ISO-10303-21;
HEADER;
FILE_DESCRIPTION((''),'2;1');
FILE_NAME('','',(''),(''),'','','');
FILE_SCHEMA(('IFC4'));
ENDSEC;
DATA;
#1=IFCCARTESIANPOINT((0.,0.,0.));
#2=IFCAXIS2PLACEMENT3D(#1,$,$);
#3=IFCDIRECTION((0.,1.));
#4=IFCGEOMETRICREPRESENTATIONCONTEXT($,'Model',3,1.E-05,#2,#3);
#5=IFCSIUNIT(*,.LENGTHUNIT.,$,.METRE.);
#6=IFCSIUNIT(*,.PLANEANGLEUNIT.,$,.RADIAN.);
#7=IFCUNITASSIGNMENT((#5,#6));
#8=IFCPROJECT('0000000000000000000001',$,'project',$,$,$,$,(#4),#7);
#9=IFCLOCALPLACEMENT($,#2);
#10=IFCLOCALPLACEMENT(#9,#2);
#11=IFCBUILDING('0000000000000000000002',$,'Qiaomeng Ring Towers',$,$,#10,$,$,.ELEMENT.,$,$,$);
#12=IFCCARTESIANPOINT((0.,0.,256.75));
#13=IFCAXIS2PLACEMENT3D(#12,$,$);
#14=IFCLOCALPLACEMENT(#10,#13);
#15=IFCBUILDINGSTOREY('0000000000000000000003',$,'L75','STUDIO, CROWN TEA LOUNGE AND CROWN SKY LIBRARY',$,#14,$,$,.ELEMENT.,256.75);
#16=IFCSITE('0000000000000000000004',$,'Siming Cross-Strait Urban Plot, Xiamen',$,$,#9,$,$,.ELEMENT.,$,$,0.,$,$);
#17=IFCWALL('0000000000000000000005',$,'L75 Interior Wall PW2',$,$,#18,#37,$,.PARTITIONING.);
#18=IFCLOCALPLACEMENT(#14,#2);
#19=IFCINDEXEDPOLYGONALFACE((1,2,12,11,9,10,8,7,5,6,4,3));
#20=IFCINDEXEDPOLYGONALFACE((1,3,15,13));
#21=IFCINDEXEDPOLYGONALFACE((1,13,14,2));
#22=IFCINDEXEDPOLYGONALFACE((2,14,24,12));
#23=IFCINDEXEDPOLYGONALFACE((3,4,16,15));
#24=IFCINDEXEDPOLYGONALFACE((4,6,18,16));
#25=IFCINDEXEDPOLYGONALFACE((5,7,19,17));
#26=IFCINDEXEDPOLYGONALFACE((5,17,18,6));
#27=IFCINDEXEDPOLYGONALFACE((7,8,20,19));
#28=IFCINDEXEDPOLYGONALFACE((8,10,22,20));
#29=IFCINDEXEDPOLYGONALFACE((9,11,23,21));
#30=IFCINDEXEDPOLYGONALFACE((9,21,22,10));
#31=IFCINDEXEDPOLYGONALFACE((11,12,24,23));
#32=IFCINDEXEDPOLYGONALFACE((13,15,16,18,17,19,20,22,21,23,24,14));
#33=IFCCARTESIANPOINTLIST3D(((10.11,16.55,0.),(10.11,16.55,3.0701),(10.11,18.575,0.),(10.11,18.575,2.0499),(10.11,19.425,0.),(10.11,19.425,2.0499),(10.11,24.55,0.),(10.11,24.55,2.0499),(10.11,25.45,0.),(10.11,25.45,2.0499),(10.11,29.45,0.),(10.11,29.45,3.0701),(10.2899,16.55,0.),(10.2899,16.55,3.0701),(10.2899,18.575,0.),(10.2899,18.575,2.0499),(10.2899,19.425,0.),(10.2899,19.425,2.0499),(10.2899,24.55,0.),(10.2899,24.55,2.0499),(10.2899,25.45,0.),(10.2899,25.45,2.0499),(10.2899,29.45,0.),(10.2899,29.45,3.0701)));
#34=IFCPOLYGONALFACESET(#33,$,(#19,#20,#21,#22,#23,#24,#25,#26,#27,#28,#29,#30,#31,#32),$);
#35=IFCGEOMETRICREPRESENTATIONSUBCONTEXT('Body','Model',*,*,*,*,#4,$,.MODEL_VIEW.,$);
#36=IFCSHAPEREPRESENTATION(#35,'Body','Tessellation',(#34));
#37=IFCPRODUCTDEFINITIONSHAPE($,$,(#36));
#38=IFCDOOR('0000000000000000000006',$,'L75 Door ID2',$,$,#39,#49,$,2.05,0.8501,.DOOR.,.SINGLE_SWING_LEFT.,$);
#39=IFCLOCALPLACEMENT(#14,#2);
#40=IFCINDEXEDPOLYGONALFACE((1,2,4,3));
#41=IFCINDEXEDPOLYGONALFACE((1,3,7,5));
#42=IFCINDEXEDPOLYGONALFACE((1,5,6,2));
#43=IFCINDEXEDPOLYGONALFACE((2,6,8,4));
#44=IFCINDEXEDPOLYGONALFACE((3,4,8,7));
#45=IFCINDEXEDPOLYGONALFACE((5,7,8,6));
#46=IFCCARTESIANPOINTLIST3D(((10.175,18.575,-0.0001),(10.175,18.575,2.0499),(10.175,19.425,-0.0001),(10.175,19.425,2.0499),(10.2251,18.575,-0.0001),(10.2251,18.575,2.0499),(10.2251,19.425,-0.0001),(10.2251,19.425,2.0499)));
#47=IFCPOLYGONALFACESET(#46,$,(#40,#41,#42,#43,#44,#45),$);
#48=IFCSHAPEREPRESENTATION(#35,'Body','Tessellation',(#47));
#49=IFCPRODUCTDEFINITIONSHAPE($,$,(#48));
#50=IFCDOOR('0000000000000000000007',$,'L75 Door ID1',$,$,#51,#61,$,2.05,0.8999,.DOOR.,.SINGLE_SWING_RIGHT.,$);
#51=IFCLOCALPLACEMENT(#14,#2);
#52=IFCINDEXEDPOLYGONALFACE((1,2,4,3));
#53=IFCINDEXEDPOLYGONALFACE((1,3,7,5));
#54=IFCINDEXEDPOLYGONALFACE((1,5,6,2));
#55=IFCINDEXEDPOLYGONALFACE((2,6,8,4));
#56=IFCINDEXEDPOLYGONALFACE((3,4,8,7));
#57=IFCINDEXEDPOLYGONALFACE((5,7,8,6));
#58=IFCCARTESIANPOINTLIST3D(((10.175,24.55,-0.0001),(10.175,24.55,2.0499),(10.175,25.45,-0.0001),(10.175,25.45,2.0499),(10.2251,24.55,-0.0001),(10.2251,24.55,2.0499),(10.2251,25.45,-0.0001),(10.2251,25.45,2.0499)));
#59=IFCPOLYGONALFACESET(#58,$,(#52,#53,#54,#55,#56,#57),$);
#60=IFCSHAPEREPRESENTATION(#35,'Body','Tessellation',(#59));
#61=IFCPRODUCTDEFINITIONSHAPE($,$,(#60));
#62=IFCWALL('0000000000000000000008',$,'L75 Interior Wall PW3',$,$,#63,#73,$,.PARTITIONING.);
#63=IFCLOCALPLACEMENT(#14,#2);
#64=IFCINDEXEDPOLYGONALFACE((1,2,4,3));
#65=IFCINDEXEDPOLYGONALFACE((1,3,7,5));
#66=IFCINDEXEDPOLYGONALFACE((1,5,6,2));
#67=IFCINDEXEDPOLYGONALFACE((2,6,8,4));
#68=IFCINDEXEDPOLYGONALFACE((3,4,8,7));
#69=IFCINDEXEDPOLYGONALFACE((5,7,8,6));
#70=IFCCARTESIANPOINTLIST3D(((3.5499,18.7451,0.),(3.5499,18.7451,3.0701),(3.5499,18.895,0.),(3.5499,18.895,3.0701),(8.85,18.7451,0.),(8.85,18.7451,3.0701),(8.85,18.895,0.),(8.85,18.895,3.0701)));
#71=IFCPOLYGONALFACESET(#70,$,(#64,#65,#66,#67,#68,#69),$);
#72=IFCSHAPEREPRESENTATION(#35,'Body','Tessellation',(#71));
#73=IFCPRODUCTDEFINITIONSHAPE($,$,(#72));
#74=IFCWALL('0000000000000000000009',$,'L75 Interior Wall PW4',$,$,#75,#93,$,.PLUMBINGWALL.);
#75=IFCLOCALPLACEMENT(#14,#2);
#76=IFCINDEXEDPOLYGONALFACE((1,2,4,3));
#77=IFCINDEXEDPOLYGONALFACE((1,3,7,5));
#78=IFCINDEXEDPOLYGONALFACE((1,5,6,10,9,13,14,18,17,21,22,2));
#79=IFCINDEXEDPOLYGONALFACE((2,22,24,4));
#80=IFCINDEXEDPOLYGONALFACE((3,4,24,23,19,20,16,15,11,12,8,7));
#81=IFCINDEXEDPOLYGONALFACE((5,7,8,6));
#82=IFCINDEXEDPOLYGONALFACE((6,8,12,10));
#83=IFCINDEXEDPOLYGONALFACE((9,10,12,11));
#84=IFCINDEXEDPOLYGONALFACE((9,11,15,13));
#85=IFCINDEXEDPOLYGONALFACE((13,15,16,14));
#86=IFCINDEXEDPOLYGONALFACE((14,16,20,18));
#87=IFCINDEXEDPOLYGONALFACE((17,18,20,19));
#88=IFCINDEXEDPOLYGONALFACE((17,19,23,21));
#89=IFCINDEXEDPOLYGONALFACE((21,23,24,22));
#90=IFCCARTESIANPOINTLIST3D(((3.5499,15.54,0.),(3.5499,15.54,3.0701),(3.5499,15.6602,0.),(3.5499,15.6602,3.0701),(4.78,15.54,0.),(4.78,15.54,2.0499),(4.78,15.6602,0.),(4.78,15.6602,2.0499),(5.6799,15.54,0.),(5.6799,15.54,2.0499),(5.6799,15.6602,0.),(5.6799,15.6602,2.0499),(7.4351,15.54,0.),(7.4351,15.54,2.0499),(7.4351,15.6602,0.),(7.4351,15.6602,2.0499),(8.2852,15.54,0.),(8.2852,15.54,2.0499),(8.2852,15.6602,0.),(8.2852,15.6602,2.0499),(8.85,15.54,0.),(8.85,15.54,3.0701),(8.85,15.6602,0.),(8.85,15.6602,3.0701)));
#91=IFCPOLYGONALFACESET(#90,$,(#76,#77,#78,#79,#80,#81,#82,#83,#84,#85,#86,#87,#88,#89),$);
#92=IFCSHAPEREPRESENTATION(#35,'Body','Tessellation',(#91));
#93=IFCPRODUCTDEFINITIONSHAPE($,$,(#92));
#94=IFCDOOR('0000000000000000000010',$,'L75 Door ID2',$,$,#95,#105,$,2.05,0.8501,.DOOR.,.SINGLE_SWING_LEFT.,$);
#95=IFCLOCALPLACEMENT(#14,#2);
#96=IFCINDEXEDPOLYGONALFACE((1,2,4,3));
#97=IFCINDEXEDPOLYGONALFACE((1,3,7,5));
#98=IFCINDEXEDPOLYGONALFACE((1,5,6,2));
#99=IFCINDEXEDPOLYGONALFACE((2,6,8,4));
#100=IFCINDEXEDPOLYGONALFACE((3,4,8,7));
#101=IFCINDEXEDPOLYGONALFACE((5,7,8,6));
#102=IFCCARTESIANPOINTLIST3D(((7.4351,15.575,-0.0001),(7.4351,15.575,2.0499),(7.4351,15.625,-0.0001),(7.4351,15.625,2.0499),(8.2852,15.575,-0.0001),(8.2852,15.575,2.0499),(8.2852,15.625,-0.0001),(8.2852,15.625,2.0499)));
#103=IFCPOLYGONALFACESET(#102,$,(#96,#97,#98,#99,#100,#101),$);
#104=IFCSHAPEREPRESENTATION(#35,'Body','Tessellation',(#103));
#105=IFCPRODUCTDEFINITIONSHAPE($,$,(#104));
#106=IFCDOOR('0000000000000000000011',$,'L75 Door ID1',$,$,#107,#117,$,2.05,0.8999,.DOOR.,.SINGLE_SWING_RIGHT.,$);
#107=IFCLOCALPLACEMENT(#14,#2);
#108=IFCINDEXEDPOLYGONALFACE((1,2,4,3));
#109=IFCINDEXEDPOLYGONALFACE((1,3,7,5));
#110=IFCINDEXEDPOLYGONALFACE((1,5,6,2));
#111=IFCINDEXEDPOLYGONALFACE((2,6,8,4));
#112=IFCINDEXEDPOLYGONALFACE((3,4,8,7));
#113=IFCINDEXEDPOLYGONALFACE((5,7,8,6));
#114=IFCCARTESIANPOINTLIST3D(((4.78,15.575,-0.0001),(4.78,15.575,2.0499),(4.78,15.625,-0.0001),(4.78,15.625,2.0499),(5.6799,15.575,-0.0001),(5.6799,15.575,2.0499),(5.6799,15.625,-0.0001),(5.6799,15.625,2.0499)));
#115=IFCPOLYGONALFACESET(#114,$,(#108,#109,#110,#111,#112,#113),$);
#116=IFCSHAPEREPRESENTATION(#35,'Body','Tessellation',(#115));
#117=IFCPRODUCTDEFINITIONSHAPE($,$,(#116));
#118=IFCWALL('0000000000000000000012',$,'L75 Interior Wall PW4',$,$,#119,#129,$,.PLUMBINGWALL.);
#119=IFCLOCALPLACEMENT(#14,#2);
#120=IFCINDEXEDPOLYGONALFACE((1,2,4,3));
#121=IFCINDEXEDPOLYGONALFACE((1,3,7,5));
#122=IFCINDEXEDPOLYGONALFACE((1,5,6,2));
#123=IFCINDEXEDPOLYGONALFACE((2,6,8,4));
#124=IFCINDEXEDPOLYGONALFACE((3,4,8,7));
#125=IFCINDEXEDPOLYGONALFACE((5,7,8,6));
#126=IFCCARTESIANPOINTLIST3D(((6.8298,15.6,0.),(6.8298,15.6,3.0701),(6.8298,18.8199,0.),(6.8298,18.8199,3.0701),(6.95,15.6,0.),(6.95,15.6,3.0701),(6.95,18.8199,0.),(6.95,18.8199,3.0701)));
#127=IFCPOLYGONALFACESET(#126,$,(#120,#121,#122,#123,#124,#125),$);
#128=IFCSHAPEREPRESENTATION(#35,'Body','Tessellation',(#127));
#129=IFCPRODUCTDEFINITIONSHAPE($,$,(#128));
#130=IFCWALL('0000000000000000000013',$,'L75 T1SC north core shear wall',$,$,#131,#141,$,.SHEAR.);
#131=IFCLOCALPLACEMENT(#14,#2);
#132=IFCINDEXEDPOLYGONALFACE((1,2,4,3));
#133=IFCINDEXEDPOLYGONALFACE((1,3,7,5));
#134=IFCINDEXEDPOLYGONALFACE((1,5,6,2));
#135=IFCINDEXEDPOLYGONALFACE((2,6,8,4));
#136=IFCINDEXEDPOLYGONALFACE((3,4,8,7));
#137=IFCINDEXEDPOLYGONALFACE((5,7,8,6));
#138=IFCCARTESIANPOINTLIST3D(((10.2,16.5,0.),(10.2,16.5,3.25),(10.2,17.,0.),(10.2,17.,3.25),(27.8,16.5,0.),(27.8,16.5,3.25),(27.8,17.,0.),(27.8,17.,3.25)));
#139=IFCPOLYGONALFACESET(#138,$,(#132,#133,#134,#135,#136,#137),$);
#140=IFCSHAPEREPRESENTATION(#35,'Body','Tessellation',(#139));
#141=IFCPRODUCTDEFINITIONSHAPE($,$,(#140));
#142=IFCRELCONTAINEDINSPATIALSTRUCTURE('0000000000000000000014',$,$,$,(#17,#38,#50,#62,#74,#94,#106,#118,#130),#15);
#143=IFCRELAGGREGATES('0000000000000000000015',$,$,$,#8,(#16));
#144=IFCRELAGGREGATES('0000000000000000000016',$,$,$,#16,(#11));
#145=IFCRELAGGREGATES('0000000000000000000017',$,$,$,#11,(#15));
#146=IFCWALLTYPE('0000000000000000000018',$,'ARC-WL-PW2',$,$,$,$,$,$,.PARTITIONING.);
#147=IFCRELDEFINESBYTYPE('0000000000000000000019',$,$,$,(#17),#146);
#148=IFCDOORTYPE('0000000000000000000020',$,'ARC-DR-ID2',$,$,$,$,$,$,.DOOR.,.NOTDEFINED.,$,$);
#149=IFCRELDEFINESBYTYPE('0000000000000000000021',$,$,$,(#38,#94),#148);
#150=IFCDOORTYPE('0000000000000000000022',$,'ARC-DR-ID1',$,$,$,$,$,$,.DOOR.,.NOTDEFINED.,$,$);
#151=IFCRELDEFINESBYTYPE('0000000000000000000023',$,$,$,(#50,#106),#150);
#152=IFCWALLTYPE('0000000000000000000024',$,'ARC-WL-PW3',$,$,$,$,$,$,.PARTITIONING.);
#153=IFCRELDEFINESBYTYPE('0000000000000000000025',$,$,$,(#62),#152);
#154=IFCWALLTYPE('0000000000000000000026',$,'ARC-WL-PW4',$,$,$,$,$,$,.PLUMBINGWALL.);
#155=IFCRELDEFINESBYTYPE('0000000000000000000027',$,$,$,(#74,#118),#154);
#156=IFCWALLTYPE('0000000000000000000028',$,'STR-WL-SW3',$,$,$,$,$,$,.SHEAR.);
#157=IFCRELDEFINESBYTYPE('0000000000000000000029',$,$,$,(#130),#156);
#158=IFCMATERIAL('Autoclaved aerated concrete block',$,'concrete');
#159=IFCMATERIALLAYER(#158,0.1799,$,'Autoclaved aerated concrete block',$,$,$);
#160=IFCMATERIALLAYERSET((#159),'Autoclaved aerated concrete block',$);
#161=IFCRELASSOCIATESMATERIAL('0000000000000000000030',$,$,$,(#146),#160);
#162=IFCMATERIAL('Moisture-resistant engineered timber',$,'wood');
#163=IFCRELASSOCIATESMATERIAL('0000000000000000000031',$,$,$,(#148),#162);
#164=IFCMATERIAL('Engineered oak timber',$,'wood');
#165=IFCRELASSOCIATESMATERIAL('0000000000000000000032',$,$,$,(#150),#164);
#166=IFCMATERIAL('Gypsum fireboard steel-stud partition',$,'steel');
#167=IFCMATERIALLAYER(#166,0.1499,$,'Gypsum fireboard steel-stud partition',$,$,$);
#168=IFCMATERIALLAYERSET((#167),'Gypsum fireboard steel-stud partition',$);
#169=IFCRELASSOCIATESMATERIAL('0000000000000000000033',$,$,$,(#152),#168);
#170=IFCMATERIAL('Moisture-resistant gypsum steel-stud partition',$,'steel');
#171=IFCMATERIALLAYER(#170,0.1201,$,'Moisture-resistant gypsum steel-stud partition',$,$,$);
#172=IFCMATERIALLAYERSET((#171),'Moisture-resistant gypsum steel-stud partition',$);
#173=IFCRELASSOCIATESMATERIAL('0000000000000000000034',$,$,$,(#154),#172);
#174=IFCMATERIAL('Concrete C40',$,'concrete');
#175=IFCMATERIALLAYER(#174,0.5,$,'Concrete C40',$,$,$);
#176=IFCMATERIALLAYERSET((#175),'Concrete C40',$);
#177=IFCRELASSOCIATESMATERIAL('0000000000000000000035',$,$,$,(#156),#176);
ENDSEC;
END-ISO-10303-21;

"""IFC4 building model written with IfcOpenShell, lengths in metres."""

from ifc_helpers import new_model, si_unit, direction, frame, frame_2d, origin, place, context, subcontext, project, spatial, rectangle, extrude, source, transform, mapped, material, layer, layer_set, type_object, element, fill, save


model = new_model("IFC4")

# Units and contexts
model_context = context("Model", 3, precision=1e-05, world=origin(), true_north=direction((0.0, 1.0)))
body_context = subcontext(model_context, "Body", "Model", "MODEL_VIEW")
ifc_project = project(units=[si_unit("LENGTHUNIT", "METRE"), si_unit("PLANEANGLEUNIT", "RADIAN")], contexts=[model_context])

# Site, building, storey
site_placement = place(None, origin())
site = spatial("IfcSite", under=ifc_project, at=site_placement, Name="Siming Cross-Strait Urban Plot, Xiamen", CompositionType="ELEMENT", RefElevation=0.0)
building_placement = place(site_placement, origin())
building = spatial("IfcBuilding", under=site, at=building_placement, Name="Qiaomeng Ring Towers", CompositionType="ELEMENT")
storey_placement = place(building_placement, frame((0.0, 0.0, 256.75)))
storey = spatial("IfcBuildingStorey", under=building, at=storey_placement, Name="L75", Description="STUDIO, CROWN TEA LOUNGE AND CROWN SKY LIBRARY", CompositionType="ELEMENT", Elevation=256.75)

# Shared definitions
ifc_material_1 = material(Name="Concrete C40", Category="concrete")

# Wall, openings, doors
ifc_material_2 = material(Name="Autoclaved aerated concrete block", Category="concrete")
ifc_layer_1 = layer(ifc_material_2, 0.1799, Name="Autoclaved aerated concrete block")
ifc_layer_set_1 = layer_set([ifc_layer_1], Name="Autoclaved aerated concrete block")
wall_type_1 = type_object("IfcWallType", Name="ARC-WL-PW2", PredefinedType="PARTITIONING", material=ifc_layer_set_1)
wall_1_placement = place(storey_placement, frame((10.2, 16.55, 0.0), z_axis=(0.0, 0.0, 1.0), x_axis=(0.0, 1.0, 0.0)))
wall_1 = element("IfcWall", 1, at=wall_1_placement, inside=storey, type_object=wall_type_1, Name="L75 Interior Wall PW2", PredefinedType="PARTITIONING", context=body_context, shape_type="SweptSolid", body=[
    extrude(rectangle(XDim=12.8999, YDim=0.1799, at=frame_2d((6.45, 0.0))), origin(), (0.0, 0.0, 1.0), 3.0701),
])
opening_1_placement = place(wall_1_placement, frame((2.0249, 0.0, 0.0)))
opening_1 = element("IfcOpeningElement", 2, at=opening_1_placement, cuts=wall_1, PredefinedType="OPENING", context=body_context, shape_type="SweptSolid", body=[
    extrude(rectangle(XDim=0.8501, YDim=2.05, at=frame_2d((0.425, 1.0249))), frame((0.0, 0.0999, 0.0), z_axis=(0.0, -1.0, 0.0), x_axis=(1.0, 0.0, 0.0)), (0.0, 0.0, 1.0), 0.2),
])
opening_2_placement = place(wall_1_placement, frame((8.0, 0.0, 0.0)))
opening_2 = element("IfcOpeningElement", 3, at=opening_2_placement, cuts=wall_1, PredefinedType="OPENING", context=body_context, shape_type="SweptSolid", body=[
    extrude(rectangle(XDim=0.8999, YDim=2.05, at=frame_2d((0.45, 1.0249))), frame((0.0, 0.0999, 0.0), z_axis=(0.0, -1.0, 0.0), x_axis=(1.0, 0.0, 0.0)), (0.0, 0.0, 1.0), 0.2),
])
ifc_material_3 = material(Name="Moisture-resistant engineered timber", Category="wood")
door_type_1 = type_object("IfcDoorType", Name="ARC-DR-ID2", OperationType="NOTDEFINED", PredefinedType="DOOR", material=ifc_material_3)
shared_shape_1 = source(origin(), body_context, "Body", "SweptSolid", [
    extrude(rectangle(XDim=0.8501, YDim=2.05, at=frame_2d((0.425, 1.0249))), frame((0.0, 0.0249, 0.0), z_axis=(0.0, -1.0, 0.0), x_axis=(1.0, 0.0, 0.0)), (0.0, 0.0, 1.0), 0.05),
])
door_1_placement = place(opening_1_placement, origin())
door_1 = element("IfcDoor", 4, at=door_1_placement, inside=storey, type_object=door_type_1, Name="L75 Door ID2", OperationType="SINGLE_SWING_LEFT", OverallHeight=2.05, OverallWidth=0.8501, PredefinedType="DOOR", context=body_context, shape_type="MappedRepresentation", body=[
    mapped(shared_shape_1, transform((0.0, 0.0, 0.0), x_axis=(1.0, 0.0, 0.0), y_axis=(0.0, 1.0, 0.0), z_axis=(0.0, 0.0, 1.0), scale=1.0)),
])
fill(opening_1, door_1)
ifc_material_4 = material(Name="Engineered oak timber", Category="wood")
door_type_2 = type_object("IfcDoorType", Name="ARC-DR-ID1", OperationType="NOTDEFINED", PredefinedType="DOOR", material=ifc_material_4)
shared_shape_2 = source(origin(), body_context, "Body", "SweptSolid", [
    extrude(rectangle(XDim=0.8999, YDim=2.05, at=frame_2d((0.45, 1.0249))), frame((0.0, 0.0249, 0.0), z_axis=(0.0, -1.0, 0.0), x_axis=(1.0, 0.0, 0.0)), (0.0, 0.0, 1.0), 0.05),
])
door_2_placement = place(opening_2_placement, origin())
door_2 = element("IfcDoor", 5, at=door_2_placement, inside=storey, type_object=door_type_2, Name="L75 Door ID1", OperationType="SINGLE_SWING_RIGHT", OverallHeight=2.05, OverallWidth=0.8999, PredefinedType="DOOR", context=body_context, shape_type="MappedRepresentation", body=[
    mapped(shared_shape_2, transform((0.0, 0.0, 0.0), x_axis=(1.0, 0.0, 0.0), y_axis=(0.0, 1.0, 0.0), z_axis=(0.0, 0.0, 1.0), scale=1.0)),
])
fill(opening_2, door_2)

# Wall
ifc_material_5 = material(Name="Gypsum fireboard steel-stud partition", Category="steel")
ifc_layer_2 = layer(ifc_material_5, 0.1499, Name="Gypsum fireboard steel-stud partition")
ifc_layer_set_2 = layer_set([ifc_layer_2], Name="Gypsum fireboard steel-stud partition")
wall_type_2 = type_object("IfcWallType", Name="ARC-WL-PW3", PredefinedType="PARTITIONING", material=ifc_layer_set_2)
wall_2_placement = place(storey_placement, frame((3.55, 18.8201, 0.0), z_axis=(0.0, 0.0, 1.0), x_axis=(1.0, 0.0, 0.0)))
element("IfcWall", 6, at=wall_2_placement, inside=storey, type_object=wall_type_2, Name="L75 Interior Wall PW3", PredefinedType="PARTITIONING", context=body_context, shape_type="SweptSolid", body=[
    extrude(rectangle(XDim=5.3, YDim=0.1499, at=frame_2d((2.6499, 0.0))), origin(), (0.0, 0.0, 1.0), 3.0701),
])

# Wall, openings, doors
ifc_material_6 = material(Name="Moisture-resistant gypsum steel-stud partition", Category="steel")
ifc_layer_3 = layer(ifc_material_6, 0.1201, Name="Moisture-resistant gypsum steel-stud partition")
ifc_layer_set_3 = layer_set([ifc_layer_3], Name="Moisture-resistant gypsum steel-stud partition")
wall_type_3 = type_object("IfcWallType", Name="ARC-WL-PW4", PredefinedType="PLUMBINGWALL", material=ifc_layer_set_3)
wall_3_placement = place(storey_placement, frame((3.55, 15.6001, 0.0), z_axis=(0.0, 0.0, 1.0), x_axis=(1.0, 0.0, 0.0)))
wall_3 = element("IfcWall", 7, at=wall_3_placement, inside=storey, type_object=wall_type_3, Name="L75 Interior Wall PW4", PredefinedType="PLUMBINGWALL", context=body_context, shape_type="SweptSolid", body=[
    extrude(rectangle(XDim=5.3, YDim=0.1201, at=frame_2d((2.6499, 0.0))), origin(), (0.0, 0.0, 1.0), 3.0701),
])
opening_3_placement = place(wall_3_placement, frame((1.23, 0.0, 0.0)))
opening_3 = element("IfcOpeningElement", 8, at=opening_3_placement, cuts=wall_3, PredefinedType="OPENING", context=body_context, shape_type="SweptSolid", body=[
    extrude(rectangle(XDim=0.8999, YDim=2.05, at=frame_2d((0.45, 1.0249))), frame((0.0, 0.0701, 0.0), z_axis=(0.0, -1.0, 0.0), x_axis=(1.0, 0.0, 0.0)), (0.0, 0.0, 1.0), 0.1401),
])
opening_4_placement = place(wall_3_placement, frame((3.885, 0.0, 0.0)))
opening_4 = element("IfcOpeningElement", 9, at=opening_4_placement, cuts=wall_3, PredefinedType="OPENING", context=body_context, shape_type="SweptSolid", body=[
    extrude(rectangle(XDim=0.8501, YDim=2.05, at=frame_2d((0.425, 1.0249))), frame((0.0, 0.0701, 0.0), z_axis=(0.0, -1.0, 0.0), x_axis=(1.0, 0.0, 0.0)), (0.0, 0.0, 1.0), 0.1401),
])
door_3_placement = place(opening_4_placement, origin())
door_3 = element("IfcDoor", 10, at=door_3_placement, inside=storey, type_object=door_type_1, Name="L75 Door ID2", OperationType="SINGLE_SWING_LEFT", OverallHeight=2.05, OverallWidth=0.8501, PredefinedType="DOOR", context=body_context, shape_type="MappedRepresentation", body=[
    mapped(shared_shape_1, transform((0.0, 0.0, 0.0), x_axis=(1.0, 0.0, 0.0), y_axis=(0.0, 1.0, 0.0), z_axis=(0.0, 0.0, 1.0), scale=1.0)),
])
fill(opening_4, door_3)
door_4_placement = place(opening_3_placement, origin())
door_4 = element("IfcDoor", 11, at=door_4_placement, inside=storey, type_object=door_type_2, Name="L75 Door ID1", OperationType="SINGLE_SWING_RIGHT", OverallHeight=2.05, OverallWidth=0.8999, PredefinedType="DOOR", context=body_context, shape_type="MappedRepresentation", body=[
    mapped(shared_shape_2, transform((0.0, 0.0, 0.0), x_axis=(1.0, 0.0, 0.0), y_axis=(0.0, 1.0, 0.0), z_axis=(0.0, 0.0, 1.0), scale=1.0)),
])
fill(opening_3, door_4)

# Walls
wall_4_placement = place(storey_placement, frame((6.8899, 15.6001, 0.0), z_axis=(0.0, 0.0, 1.0), x_axis=(0.0, 1.0, 0.0)))
element("IfcWall", 12, at=wall_4_placement, inside=storey, type_object=wall_type_3, Name="L75 Interior Wall PW4", PredefinedType="PLUMBINGWALL", context=body_context, shape_type="SweptSolid", body=[
    extrude(rectangle(XDim=3.22, YDim=0.1201, at=frame_2d((1.6099, 0.0))), origin(), (0.0, 0.0, 1.0), 3.0701),
])
ifc_layer_4 = layer(ifc_material_1, 0.5, Name="Concrete C40")
ifc_layer_set_4 = layer_set([ifc_layer_4], Name="Concrete C40")
wall_type_4 = type_object("IfcWallType", Name="STR-WL-SW3", PredefinedType="SHEAR", material=ifc_layer_set_4)
wall_5_placement = place(storey_placement, frame((10.2, 16.75, 0.0), z_axis=(0.0, 0.0, 1.0), x_axis=(1.0, 0.0, 0.0)))
element("IfcWall", 13, at=wall_5_placement, inside=storey, type_object=wall_type_4, Name="L75 T1SC north core shear wall", PredefinedType="SHEAR", context=body_context, shape_type="SweptSolid", body=[
    extrude(rectangle(XDim=17.6001, YDim=0.5, at=frame_2d((8.8, 0.0))), origin(), (0.0, 0.0, 1.0), 3.25),
])

save(model, "model.ifc")
